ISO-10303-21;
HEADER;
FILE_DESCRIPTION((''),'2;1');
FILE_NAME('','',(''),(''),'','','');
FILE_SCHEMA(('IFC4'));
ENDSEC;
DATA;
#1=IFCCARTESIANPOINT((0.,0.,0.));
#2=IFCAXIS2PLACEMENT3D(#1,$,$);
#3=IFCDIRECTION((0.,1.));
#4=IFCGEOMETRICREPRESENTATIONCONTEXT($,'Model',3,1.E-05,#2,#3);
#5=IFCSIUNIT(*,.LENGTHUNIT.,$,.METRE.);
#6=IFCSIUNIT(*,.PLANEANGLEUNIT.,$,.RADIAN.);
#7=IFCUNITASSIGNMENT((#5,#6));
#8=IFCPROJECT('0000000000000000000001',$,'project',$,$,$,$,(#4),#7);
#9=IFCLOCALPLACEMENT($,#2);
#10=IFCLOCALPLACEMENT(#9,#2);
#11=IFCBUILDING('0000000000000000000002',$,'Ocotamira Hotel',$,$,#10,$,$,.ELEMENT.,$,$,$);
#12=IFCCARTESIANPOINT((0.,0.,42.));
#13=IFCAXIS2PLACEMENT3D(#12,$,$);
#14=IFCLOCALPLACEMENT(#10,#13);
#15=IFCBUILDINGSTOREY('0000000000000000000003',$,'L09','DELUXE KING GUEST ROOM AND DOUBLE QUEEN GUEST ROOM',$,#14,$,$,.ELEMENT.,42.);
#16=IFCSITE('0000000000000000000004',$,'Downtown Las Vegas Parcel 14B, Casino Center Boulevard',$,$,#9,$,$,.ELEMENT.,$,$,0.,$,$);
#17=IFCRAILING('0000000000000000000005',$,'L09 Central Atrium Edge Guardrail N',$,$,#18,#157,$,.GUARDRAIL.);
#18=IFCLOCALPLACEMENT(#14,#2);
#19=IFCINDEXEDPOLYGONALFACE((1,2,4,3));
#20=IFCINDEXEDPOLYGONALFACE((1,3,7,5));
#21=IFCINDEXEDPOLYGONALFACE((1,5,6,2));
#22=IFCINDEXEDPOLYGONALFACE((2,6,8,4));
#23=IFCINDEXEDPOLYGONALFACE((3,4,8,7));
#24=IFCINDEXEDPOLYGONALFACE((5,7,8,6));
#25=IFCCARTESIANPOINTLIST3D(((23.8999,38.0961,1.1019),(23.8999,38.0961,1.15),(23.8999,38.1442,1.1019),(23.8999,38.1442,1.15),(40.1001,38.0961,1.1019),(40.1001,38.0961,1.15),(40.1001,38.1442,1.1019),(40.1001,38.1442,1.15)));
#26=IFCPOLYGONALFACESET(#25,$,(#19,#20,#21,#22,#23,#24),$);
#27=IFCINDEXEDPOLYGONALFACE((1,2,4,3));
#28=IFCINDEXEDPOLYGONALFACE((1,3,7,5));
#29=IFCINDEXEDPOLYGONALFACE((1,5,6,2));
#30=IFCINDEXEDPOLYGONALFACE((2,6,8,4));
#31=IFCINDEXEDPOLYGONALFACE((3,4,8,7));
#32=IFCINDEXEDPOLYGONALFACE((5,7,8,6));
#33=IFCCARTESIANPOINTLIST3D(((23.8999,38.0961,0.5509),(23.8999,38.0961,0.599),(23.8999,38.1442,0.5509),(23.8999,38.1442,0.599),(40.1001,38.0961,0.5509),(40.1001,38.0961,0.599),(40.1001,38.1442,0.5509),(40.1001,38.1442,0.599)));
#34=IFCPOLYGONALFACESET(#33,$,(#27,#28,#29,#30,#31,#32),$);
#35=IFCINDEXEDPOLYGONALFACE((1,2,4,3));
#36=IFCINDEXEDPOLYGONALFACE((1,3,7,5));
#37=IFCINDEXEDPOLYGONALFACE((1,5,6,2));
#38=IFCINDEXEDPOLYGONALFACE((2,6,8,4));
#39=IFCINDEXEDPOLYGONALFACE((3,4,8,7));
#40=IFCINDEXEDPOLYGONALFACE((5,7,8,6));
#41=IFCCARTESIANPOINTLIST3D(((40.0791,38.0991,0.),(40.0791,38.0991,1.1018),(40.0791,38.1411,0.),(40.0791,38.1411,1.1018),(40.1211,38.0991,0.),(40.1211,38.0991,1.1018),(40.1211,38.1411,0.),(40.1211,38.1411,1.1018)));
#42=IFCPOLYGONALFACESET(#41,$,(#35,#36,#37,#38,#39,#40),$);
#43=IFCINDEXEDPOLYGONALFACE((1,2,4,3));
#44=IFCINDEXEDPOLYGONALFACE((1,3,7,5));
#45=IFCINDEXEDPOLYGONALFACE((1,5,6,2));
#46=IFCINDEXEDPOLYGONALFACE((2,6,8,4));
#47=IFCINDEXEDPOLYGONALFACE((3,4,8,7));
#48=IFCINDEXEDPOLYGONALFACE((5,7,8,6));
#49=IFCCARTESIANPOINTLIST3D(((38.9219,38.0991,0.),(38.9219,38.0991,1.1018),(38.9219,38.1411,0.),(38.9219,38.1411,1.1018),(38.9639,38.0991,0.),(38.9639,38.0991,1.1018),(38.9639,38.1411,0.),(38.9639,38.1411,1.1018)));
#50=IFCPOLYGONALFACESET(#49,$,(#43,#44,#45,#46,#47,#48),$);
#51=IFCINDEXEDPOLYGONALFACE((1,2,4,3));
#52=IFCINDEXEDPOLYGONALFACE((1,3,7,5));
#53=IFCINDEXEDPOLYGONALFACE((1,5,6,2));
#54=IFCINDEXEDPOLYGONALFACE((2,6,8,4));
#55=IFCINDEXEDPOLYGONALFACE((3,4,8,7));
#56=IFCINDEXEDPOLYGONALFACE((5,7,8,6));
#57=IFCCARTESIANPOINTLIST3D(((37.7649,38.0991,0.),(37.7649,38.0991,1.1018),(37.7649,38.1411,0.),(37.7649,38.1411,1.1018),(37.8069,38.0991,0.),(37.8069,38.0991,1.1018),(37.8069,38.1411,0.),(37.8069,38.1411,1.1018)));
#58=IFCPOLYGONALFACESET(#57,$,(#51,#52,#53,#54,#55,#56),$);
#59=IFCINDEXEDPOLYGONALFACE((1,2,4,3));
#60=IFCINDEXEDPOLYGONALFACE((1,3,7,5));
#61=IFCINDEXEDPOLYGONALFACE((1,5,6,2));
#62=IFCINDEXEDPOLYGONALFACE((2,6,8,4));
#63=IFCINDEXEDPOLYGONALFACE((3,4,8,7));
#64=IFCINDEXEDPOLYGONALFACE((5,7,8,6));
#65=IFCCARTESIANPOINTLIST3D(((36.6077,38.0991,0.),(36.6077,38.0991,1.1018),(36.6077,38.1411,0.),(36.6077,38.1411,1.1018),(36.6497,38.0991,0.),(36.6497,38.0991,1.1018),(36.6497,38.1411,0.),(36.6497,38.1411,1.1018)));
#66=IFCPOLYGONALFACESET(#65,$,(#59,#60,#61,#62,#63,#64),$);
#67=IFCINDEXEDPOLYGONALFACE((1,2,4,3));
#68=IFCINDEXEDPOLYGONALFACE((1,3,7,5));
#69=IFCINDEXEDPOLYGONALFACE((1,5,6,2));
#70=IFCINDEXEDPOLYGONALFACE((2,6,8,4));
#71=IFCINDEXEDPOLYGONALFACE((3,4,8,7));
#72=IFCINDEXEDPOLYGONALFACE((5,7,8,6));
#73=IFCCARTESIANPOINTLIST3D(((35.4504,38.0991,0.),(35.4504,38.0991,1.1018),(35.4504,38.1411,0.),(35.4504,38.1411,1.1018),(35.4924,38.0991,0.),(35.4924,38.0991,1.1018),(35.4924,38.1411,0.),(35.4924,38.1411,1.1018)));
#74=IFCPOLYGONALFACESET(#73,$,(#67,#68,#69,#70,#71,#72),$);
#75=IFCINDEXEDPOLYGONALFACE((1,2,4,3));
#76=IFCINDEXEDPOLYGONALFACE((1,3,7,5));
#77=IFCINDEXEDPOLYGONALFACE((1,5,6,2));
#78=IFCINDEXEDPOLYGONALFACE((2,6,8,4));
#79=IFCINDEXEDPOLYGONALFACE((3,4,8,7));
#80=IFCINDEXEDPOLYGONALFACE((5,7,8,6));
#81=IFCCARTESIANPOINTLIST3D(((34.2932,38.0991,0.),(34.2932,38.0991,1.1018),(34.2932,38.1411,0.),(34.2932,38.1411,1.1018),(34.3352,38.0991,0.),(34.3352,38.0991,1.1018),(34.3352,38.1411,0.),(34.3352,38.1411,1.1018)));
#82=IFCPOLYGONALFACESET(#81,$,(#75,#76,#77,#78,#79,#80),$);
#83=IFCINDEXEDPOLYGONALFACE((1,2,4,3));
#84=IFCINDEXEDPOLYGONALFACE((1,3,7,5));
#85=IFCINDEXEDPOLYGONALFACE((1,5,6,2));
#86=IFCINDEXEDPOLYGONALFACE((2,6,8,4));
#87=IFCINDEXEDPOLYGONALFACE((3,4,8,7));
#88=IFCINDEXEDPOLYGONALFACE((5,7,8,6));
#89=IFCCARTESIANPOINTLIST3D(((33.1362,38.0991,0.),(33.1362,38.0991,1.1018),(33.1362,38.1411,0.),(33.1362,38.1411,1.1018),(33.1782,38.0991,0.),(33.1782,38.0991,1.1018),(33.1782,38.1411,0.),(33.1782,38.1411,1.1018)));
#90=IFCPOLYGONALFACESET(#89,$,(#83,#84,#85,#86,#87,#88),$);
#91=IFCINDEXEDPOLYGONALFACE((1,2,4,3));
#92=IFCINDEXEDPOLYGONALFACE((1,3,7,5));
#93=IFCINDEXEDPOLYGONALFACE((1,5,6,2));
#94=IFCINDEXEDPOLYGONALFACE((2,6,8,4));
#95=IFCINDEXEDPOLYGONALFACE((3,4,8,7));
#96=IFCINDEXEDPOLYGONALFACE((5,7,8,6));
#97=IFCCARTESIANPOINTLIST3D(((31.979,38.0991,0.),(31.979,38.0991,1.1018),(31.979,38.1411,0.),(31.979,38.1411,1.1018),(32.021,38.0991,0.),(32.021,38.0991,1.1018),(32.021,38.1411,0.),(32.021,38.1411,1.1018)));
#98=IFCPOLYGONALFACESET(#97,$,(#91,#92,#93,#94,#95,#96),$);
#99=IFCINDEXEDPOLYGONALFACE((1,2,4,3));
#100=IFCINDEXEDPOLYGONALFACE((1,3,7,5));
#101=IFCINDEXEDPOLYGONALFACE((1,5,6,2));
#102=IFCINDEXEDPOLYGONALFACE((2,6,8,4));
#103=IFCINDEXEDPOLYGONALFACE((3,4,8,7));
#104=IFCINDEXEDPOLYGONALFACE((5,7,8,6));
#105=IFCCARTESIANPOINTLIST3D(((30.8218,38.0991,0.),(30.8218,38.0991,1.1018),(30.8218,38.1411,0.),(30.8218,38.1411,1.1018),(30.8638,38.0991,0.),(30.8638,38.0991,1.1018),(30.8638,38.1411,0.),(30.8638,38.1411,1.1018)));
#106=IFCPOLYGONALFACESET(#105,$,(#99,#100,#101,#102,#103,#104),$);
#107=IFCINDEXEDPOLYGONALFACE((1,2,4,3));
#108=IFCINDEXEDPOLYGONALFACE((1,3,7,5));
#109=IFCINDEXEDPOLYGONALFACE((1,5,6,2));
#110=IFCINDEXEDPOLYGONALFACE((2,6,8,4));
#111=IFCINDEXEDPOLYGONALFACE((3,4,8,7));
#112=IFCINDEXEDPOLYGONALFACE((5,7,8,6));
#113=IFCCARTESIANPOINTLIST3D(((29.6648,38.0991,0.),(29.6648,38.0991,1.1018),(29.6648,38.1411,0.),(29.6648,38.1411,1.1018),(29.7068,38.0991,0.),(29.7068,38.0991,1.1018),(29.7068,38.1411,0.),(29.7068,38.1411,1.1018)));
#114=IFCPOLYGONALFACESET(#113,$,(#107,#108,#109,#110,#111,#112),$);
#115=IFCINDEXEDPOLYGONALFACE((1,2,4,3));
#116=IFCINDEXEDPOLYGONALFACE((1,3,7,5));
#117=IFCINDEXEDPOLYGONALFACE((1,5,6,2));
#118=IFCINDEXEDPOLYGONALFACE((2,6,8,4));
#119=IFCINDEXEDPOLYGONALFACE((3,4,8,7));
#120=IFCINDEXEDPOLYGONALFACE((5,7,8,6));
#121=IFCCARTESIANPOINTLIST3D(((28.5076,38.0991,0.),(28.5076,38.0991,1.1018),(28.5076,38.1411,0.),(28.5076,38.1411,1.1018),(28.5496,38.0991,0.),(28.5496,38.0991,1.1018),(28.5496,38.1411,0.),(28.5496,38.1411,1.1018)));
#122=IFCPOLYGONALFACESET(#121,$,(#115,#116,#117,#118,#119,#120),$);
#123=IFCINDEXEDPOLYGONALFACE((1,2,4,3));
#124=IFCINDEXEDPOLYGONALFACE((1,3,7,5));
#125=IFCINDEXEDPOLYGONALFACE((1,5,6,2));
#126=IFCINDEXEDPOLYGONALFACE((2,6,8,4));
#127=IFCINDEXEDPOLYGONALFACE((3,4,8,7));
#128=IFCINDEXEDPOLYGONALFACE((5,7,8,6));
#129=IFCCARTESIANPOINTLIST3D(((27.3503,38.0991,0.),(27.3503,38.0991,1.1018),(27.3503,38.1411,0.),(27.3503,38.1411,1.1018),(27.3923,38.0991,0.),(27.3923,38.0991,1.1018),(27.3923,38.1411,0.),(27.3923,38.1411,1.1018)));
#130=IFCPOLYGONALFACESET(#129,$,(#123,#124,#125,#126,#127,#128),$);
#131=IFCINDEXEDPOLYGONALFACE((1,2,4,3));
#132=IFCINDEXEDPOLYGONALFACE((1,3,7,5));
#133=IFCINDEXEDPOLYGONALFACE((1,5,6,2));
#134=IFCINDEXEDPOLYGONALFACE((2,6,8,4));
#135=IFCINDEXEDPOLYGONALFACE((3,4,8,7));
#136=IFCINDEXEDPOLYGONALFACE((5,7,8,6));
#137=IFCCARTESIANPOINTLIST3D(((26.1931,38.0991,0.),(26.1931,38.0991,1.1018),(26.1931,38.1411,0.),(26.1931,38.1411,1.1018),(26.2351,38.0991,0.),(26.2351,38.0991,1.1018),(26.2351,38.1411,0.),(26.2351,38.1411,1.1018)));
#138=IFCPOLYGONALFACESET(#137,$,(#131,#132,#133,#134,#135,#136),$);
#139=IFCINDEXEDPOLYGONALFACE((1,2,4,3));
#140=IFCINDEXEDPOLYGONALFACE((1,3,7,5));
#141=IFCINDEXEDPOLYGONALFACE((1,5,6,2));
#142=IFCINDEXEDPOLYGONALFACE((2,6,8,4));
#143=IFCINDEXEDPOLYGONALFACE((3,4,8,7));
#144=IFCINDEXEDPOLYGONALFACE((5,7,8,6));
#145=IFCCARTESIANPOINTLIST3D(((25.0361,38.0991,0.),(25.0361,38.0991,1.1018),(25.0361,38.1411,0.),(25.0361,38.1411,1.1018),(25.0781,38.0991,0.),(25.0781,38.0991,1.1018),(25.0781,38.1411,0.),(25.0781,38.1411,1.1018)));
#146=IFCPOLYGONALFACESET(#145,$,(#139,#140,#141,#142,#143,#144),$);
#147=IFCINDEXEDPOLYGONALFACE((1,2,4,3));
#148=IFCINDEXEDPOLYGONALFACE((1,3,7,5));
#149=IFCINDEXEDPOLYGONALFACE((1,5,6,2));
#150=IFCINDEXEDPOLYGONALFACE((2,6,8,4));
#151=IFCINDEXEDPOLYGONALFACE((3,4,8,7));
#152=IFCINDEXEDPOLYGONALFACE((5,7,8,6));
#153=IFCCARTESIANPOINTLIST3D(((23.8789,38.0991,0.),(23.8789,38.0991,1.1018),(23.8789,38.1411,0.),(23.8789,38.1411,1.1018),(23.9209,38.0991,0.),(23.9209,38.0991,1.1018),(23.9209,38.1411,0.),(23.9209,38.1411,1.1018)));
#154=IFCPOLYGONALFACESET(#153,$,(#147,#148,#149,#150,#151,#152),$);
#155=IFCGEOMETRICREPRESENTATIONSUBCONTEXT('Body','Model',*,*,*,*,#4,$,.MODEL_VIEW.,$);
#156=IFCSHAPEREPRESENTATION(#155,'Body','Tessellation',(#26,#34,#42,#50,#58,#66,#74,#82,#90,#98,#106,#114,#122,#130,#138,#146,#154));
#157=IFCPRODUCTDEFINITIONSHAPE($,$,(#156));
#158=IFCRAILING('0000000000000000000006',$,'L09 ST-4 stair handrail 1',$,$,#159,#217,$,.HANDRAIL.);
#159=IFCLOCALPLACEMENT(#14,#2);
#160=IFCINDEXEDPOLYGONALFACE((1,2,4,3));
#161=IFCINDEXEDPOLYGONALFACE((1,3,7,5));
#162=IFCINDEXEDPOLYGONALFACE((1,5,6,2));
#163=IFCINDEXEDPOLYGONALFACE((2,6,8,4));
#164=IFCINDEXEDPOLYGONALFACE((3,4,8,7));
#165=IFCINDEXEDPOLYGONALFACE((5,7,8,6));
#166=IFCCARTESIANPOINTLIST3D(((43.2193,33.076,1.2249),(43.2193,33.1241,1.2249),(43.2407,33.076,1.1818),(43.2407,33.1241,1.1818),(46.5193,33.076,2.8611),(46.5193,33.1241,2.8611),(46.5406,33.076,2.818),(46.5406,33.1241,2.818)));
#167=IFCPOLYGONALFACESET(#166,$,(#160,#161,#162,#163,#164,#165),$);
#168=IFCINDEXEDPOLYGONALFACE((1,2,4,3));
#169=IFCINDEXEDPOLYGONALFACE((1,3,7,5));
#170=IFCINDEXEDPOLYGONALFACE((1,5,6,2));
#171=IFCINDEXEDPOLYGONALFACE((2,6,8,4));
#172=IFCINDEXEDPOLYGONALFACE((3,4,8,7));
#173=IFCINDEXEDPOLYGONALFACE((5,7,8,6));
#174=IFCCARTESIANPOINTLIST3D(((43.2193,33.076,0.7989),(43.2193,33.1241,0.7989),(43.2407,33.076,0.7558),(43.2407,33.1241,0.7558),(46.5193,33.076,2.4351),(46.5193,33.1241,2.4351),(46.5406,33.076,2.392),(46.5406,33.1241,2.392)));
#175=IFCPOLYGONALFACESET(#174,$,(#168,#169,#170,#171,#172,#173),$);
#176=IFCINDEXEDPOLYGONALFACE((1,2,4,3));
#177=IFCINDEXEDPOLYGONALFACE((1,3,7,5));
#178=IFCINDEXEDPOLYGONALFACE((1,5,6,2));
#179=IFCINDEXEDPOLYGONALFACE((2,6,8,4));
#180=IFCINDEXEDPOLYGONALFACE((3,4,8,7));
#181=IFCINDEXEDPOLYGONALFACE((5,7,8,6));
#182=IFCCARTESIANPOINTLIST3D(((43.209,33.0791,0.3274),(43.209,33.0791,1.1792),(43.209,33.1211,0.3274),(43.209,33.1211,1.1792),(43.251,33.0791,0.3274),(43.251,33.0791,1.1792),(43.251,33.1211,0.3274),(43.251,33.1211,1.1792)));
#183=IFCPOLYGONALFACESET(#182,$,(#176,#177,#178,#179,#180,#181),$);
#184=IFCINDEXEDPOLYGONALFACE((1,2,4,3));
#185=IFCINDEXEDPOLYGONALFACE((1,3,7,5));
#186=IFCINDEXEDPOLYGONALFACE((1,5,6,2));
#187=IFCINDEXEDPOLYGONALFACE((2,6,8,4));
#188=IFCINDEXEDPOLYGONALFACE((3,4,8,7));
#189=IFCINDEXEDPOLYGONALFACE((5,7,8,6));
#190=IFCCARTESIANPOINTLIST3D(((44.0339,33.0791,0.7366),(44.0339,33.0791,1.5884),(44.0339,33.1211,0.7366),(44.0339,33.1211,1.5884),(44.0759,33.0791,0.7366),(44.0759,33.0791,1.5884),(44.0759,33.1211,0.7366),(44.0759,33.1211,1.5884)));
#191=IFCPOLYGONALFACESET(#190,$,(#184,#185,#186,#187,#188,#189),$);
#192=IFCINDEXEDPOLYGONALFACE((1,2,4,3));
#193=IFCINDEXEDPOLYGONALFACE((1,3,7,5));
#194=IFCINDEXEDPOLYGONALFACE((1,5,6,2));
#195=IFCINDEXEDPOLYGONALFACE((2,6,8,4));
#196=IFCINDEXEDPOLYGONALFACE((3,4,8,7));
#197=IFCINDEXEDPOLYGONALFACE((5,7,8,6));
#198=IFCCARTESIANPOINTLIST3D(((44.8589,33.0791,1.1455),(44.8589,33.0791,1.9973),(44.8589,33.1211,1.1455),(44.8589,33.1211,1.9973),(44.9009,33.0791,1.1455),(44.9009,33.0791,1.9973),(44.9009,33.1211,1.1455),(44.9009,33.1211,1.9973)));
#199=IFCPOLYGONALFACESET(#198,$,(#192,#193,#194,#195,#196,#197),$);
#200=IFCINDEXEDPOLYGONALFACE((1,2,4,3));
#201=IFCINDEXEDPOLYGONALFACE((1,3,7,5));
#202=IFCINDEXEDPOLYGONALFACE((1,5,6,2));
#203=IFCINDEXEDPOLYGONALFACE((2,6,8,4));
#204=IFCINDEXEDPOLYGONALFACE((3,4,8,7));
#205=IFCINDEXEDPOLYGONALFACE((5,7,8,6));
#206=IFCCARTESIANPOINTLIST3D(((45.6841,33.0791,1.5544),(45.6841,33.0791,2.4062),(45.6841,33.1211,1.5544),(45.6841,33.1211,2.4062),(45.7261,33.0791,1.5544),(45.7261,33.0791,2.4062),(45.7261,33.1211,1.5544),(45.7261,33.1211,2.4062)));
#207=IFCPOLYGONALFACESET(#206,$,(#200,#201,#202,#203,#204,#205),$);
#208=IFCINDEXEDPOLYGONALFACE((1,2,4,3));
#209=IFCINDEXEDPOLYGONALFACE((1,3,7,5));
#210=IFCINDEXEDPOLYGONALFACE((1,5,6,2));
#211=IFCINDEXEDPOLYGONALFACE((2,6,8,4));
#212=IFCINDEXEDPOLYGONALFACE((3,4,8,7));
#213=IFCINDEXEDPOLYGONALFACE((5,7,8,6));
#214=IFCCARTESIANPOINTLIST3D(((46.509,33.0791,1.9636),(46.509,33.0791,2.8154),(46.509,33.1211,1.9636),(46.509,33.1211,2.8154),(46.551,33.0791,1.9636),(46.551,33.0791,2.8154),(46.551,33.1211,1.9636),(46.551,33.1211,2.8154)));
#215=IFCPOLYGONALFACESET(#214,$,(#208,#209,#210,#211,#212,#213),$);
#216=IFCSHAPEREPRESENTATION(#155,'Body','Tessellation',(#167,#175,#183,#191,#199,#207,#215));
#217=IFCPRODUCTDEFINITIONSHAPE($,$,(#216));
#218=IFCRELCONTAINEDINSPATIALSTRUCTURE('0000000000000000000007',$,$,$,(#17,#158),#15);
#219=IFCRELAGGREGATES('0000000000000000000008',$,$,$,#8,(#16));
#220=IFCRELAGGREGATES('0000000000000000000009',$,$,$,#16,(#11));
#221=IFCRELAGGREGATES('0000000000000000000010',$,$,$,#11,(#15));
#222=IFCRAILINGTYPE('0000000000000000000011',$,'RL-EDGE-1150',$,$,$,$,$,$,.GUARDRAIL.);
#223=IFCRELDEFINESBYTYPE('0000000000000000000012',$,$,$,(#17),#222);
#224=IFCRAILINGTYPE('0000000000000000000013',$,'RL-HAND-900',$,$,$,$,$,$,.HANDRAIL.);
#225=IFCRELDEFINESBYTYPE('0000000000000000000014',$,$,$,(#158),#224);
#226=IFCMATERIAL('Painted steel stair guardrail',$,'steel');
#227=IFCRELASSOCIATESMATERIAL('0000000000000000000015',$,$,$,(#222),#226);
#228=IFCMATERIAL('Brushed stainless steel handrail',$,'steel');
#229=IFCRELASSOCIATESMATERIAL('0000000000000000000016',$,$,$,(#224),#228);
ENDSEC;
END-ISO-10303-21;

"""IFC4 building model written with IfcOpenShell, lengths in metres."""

from ifc_helpers import new_model, si_unit, direction, frame, origin, origin_2d, place, context, subcontext, project, spatial, rectangle, extrude, material, type_object, element, save


model = new_model("IFC4")

# Units and contexts
model_context = context("Model", 3, precision=1e-05, world=origin(), true_north=direction((0.0, 1.0)))
body_context = subcontext(model_context, "Body", "Model", "MODEL_VIEW")
ifc_project = project(units=[si_unit("LENGTHUNIT", "METRE"), si_unit("PLANEANGLEUNIT", "RADIAN")], contexts=[model_context])

# Site, building, storey
site_placement = place(None, origin())
site = spatial("IfcSite", under=ifc_project, at=site_placement, Name="Downtown Las Vegas Parcel 14B, Casino Center Boulevard", CompositionType="ELEMENT", RefElevation=0.0)
building_placement = place(site_placement, origin())
building = spatial("IfcBuilding", under=site, at=building_placement, Name="Ocotamira Hotel", CompositionType="ELEMENT")
storey_placement = place(building_placement, frame((0.0, 0.0, 42.0)))
storey = spatial("IfcBuildingStorey", under=building, at=storey_placement, Name="L09", Description="DELUXE KING GUEST ROOM AND DOUBLE QUEEN GUEST ROOM", CompositionType="ELEMENT", Elevation=42.0)

# Railings
ifc_material_1 = material(Name="Painted steel stair guardrail", Category="steel")
railing_type_1 = type_object("IfcRailingType", Name="RL-EDGE-1150", PredefinedType="GUARDRAIL", material=ifc_material_1)
railing_1_placement = place(storey_placement, frame((40.1001, 38.1201, 0.0)))
element("IfcRailing", 1, at=railing_1_placement, inside=storey, type_object=railing_type_1, Name="L09 Central Atrium Edge Guardrail N", PredefinedType="GUARDRAIL", context=body_context, shape_type="SweptSolid", body=[
    extrude(rectangle(XDim=0.0481, YDim=0.0481, at=origin_2d()), frame((0.0, 0.0, 1.126), z_axis=(-1.0, 0.0, 0.0), x_axis=(0.0, -1.0, 0.0)), (0.0, 0.0, 1.0), 16.2002),
    extrude(rectangle(XDim=0.0481, YDim=0.0481, at=origin_2d()), frame((0.0, 0.0, 0.575), z_axis=(-1.0, 0.0, 0.0), x_axis=(0.0, -1.0, 0.0)), (0.0, 0.0, 1.0), 16.2002),
    extrude(rectangle(XDim=0.042, YDim=0.042, at=origin_2d()), origin(), (0.0, 0.0, 1.0), 1.1018),
    extrude(rectangle(XDim=0.042, YDim=0.042, at=origin_2d()), frame((-1.1572, 0.0, 0.0)), (0.0, 0.0, 1.0), 1.1018),
    extrude(rectangle(XDim=0.042, YDim=0.042, at=origin_2d()), frame((-2.3142, 0.0, 0.0)), (0.0, 0.0, 1.0), 1.1018),
    extrude(rectangle(XDim=0.042, YDim=0.042, at=origin_2d()), frame((-3.4714, 0.0, 0.0)), (0.0, 0.0, 1.0), 1.1018),
    extrude(rectangle(XDim=0.042, YDim=0.042, at=origin_2d()), frame((-4.6287, 0.0, 0.0)), (0.0, 0.0, 1.0), 1.1018),
    extrude(rectangle(XDim=0.042, YDim=0.042, at=origin_2d()), frame((-5.7859, 0.0, 0.0)), (0.0, 0.0, 1.0), 1.1018),
    extrude(rectangle(XDim=0.042, YDim=0.042, at=origin_2d()), frame((-6.9429, 0.0, 0.0)), (0.0, 0.0, 1.0), 1.1018),
    extrude(rectangle(XDim=0.042, YDim=0.042, at=origin_2d()), frame((-8.1001, 0.0, 0.0)), (0.0, 0.0, 1.0), 1.1018),
    extrude(rectangle(XDim=0.042, YDim=0.042, at=origin_2d()), frame((-9.2573, 0.0, 0.0)), (0.0, 0.0, 1.0), 1.1018),
    extrude(rectangle(XDim=0.042, YDim=0.042, at=origin_2d()), frame((-10.4143, 0.0, 0.0)), (0.0, 0.0, 1.0), 1.1018),
    extrude(rectangle(XDim=0.042, YDim=0.042, at=origin_2d()), frame((-11.5715, 0.0, 0.0)), (0.0, 0.0, 1.0), 1.1018),
    extrude(rectangle(XDim=0.042, YDim=0.042, at=origin_2d()), frame((-12.7288, 0.0, 0.0)), (0.0, 0.0, 1.0), 1.1018),
    extrude(rectangle(XDim=0.042, YDim=0.042, at=origin_2d()), frame((-13.886, 0.0, 0.0)), (0.0, 0.0, 1.0), 1.1018),
    extrude(rectangle(XDim=0.042, YDim=0.042, at=origin_2d()), frame((-15.043, 0.0, 0.0)), (0.0, 0.0, 1.0), 1.1018),
    extrude(rectangle(XDim=0.042, YDim=0.042, at=origin_2d()), frame((-16.2002, 0.0, 0.0)), (0.0, 0.0, 1.0), 1.1018),
])
ifc_material_2 = material(Name="Brushed stainless steel handrail", Category="steel")
railing_type_2 = type_object("IfcRailingType", Name="RL-HAND-900", PredefinedType="HANDRAIL", material=ifc_material_2)
railing_2_placement = place(storey_placement, frame((43.23, 33.1001, 0.3274)))
element("IfcRailing", 2, at=railing_2_placement, inside=storey, type_object=railing_type_2, Name="L09 ST-4 stair handrail 1", PredefinedType="HANDRAIL", context=body_context, shape_type="SweptSolid", body=[
    extrude(rectangle(XDim=0.0481, YDim=0.0481, at=origin_2d()), frame((0.0, 0.0, 0.876), z_axis=(0.89592, 0.0, 0.444215), x_axis=(0.0, 1.0, 0.0)), (0.0, 0.0, 1.0), 3.6833),
    extrude(rectangle(XDim=0.0481, YDim=0.0481, at=origin_2d()), frame((0.0, 0.0, 0.45), z_axis=(0.89592, 0.0, 0.444215), x_axis=(0.0, 1.0, 0.0)), (0.0, 0.0, 1.0), 3.6833),
    extrude(rectangle(XDim=0.042, YDim=0.042, at=origin_2d()), origin(), (0.0, 0.0, 1.0), 0.8518),
    extrude(rectangle(XDim=0.042, YDim=0.042, at=origin_2d()), frame((0.825, 0.0, 0.4092)), (0.0, 0.0, 1.0), 0.8518),
    extrude(rectangle(XDim=0.042, YDim=0.042, at=origin_2d()), frame((1.6499, 0.0, 0.8181)), (0.0, 0.0, 1.0), 0.8518),
    extrude(rectangle(XDim=0.042, YDim=0.042, at=origin_2d()), frame((2.4751, 0.0, 1.2271)), (0.0, 0.0, 1.0), 0.8518),
    extrude(rectangle(XDim=0.042, YDim=0.042, at=origin_2d()), frame((3.3, 0.0, 1.6362)), (0.0, 0.0, 1.0), 0.8518),
])

save(model, "model.ifc")
